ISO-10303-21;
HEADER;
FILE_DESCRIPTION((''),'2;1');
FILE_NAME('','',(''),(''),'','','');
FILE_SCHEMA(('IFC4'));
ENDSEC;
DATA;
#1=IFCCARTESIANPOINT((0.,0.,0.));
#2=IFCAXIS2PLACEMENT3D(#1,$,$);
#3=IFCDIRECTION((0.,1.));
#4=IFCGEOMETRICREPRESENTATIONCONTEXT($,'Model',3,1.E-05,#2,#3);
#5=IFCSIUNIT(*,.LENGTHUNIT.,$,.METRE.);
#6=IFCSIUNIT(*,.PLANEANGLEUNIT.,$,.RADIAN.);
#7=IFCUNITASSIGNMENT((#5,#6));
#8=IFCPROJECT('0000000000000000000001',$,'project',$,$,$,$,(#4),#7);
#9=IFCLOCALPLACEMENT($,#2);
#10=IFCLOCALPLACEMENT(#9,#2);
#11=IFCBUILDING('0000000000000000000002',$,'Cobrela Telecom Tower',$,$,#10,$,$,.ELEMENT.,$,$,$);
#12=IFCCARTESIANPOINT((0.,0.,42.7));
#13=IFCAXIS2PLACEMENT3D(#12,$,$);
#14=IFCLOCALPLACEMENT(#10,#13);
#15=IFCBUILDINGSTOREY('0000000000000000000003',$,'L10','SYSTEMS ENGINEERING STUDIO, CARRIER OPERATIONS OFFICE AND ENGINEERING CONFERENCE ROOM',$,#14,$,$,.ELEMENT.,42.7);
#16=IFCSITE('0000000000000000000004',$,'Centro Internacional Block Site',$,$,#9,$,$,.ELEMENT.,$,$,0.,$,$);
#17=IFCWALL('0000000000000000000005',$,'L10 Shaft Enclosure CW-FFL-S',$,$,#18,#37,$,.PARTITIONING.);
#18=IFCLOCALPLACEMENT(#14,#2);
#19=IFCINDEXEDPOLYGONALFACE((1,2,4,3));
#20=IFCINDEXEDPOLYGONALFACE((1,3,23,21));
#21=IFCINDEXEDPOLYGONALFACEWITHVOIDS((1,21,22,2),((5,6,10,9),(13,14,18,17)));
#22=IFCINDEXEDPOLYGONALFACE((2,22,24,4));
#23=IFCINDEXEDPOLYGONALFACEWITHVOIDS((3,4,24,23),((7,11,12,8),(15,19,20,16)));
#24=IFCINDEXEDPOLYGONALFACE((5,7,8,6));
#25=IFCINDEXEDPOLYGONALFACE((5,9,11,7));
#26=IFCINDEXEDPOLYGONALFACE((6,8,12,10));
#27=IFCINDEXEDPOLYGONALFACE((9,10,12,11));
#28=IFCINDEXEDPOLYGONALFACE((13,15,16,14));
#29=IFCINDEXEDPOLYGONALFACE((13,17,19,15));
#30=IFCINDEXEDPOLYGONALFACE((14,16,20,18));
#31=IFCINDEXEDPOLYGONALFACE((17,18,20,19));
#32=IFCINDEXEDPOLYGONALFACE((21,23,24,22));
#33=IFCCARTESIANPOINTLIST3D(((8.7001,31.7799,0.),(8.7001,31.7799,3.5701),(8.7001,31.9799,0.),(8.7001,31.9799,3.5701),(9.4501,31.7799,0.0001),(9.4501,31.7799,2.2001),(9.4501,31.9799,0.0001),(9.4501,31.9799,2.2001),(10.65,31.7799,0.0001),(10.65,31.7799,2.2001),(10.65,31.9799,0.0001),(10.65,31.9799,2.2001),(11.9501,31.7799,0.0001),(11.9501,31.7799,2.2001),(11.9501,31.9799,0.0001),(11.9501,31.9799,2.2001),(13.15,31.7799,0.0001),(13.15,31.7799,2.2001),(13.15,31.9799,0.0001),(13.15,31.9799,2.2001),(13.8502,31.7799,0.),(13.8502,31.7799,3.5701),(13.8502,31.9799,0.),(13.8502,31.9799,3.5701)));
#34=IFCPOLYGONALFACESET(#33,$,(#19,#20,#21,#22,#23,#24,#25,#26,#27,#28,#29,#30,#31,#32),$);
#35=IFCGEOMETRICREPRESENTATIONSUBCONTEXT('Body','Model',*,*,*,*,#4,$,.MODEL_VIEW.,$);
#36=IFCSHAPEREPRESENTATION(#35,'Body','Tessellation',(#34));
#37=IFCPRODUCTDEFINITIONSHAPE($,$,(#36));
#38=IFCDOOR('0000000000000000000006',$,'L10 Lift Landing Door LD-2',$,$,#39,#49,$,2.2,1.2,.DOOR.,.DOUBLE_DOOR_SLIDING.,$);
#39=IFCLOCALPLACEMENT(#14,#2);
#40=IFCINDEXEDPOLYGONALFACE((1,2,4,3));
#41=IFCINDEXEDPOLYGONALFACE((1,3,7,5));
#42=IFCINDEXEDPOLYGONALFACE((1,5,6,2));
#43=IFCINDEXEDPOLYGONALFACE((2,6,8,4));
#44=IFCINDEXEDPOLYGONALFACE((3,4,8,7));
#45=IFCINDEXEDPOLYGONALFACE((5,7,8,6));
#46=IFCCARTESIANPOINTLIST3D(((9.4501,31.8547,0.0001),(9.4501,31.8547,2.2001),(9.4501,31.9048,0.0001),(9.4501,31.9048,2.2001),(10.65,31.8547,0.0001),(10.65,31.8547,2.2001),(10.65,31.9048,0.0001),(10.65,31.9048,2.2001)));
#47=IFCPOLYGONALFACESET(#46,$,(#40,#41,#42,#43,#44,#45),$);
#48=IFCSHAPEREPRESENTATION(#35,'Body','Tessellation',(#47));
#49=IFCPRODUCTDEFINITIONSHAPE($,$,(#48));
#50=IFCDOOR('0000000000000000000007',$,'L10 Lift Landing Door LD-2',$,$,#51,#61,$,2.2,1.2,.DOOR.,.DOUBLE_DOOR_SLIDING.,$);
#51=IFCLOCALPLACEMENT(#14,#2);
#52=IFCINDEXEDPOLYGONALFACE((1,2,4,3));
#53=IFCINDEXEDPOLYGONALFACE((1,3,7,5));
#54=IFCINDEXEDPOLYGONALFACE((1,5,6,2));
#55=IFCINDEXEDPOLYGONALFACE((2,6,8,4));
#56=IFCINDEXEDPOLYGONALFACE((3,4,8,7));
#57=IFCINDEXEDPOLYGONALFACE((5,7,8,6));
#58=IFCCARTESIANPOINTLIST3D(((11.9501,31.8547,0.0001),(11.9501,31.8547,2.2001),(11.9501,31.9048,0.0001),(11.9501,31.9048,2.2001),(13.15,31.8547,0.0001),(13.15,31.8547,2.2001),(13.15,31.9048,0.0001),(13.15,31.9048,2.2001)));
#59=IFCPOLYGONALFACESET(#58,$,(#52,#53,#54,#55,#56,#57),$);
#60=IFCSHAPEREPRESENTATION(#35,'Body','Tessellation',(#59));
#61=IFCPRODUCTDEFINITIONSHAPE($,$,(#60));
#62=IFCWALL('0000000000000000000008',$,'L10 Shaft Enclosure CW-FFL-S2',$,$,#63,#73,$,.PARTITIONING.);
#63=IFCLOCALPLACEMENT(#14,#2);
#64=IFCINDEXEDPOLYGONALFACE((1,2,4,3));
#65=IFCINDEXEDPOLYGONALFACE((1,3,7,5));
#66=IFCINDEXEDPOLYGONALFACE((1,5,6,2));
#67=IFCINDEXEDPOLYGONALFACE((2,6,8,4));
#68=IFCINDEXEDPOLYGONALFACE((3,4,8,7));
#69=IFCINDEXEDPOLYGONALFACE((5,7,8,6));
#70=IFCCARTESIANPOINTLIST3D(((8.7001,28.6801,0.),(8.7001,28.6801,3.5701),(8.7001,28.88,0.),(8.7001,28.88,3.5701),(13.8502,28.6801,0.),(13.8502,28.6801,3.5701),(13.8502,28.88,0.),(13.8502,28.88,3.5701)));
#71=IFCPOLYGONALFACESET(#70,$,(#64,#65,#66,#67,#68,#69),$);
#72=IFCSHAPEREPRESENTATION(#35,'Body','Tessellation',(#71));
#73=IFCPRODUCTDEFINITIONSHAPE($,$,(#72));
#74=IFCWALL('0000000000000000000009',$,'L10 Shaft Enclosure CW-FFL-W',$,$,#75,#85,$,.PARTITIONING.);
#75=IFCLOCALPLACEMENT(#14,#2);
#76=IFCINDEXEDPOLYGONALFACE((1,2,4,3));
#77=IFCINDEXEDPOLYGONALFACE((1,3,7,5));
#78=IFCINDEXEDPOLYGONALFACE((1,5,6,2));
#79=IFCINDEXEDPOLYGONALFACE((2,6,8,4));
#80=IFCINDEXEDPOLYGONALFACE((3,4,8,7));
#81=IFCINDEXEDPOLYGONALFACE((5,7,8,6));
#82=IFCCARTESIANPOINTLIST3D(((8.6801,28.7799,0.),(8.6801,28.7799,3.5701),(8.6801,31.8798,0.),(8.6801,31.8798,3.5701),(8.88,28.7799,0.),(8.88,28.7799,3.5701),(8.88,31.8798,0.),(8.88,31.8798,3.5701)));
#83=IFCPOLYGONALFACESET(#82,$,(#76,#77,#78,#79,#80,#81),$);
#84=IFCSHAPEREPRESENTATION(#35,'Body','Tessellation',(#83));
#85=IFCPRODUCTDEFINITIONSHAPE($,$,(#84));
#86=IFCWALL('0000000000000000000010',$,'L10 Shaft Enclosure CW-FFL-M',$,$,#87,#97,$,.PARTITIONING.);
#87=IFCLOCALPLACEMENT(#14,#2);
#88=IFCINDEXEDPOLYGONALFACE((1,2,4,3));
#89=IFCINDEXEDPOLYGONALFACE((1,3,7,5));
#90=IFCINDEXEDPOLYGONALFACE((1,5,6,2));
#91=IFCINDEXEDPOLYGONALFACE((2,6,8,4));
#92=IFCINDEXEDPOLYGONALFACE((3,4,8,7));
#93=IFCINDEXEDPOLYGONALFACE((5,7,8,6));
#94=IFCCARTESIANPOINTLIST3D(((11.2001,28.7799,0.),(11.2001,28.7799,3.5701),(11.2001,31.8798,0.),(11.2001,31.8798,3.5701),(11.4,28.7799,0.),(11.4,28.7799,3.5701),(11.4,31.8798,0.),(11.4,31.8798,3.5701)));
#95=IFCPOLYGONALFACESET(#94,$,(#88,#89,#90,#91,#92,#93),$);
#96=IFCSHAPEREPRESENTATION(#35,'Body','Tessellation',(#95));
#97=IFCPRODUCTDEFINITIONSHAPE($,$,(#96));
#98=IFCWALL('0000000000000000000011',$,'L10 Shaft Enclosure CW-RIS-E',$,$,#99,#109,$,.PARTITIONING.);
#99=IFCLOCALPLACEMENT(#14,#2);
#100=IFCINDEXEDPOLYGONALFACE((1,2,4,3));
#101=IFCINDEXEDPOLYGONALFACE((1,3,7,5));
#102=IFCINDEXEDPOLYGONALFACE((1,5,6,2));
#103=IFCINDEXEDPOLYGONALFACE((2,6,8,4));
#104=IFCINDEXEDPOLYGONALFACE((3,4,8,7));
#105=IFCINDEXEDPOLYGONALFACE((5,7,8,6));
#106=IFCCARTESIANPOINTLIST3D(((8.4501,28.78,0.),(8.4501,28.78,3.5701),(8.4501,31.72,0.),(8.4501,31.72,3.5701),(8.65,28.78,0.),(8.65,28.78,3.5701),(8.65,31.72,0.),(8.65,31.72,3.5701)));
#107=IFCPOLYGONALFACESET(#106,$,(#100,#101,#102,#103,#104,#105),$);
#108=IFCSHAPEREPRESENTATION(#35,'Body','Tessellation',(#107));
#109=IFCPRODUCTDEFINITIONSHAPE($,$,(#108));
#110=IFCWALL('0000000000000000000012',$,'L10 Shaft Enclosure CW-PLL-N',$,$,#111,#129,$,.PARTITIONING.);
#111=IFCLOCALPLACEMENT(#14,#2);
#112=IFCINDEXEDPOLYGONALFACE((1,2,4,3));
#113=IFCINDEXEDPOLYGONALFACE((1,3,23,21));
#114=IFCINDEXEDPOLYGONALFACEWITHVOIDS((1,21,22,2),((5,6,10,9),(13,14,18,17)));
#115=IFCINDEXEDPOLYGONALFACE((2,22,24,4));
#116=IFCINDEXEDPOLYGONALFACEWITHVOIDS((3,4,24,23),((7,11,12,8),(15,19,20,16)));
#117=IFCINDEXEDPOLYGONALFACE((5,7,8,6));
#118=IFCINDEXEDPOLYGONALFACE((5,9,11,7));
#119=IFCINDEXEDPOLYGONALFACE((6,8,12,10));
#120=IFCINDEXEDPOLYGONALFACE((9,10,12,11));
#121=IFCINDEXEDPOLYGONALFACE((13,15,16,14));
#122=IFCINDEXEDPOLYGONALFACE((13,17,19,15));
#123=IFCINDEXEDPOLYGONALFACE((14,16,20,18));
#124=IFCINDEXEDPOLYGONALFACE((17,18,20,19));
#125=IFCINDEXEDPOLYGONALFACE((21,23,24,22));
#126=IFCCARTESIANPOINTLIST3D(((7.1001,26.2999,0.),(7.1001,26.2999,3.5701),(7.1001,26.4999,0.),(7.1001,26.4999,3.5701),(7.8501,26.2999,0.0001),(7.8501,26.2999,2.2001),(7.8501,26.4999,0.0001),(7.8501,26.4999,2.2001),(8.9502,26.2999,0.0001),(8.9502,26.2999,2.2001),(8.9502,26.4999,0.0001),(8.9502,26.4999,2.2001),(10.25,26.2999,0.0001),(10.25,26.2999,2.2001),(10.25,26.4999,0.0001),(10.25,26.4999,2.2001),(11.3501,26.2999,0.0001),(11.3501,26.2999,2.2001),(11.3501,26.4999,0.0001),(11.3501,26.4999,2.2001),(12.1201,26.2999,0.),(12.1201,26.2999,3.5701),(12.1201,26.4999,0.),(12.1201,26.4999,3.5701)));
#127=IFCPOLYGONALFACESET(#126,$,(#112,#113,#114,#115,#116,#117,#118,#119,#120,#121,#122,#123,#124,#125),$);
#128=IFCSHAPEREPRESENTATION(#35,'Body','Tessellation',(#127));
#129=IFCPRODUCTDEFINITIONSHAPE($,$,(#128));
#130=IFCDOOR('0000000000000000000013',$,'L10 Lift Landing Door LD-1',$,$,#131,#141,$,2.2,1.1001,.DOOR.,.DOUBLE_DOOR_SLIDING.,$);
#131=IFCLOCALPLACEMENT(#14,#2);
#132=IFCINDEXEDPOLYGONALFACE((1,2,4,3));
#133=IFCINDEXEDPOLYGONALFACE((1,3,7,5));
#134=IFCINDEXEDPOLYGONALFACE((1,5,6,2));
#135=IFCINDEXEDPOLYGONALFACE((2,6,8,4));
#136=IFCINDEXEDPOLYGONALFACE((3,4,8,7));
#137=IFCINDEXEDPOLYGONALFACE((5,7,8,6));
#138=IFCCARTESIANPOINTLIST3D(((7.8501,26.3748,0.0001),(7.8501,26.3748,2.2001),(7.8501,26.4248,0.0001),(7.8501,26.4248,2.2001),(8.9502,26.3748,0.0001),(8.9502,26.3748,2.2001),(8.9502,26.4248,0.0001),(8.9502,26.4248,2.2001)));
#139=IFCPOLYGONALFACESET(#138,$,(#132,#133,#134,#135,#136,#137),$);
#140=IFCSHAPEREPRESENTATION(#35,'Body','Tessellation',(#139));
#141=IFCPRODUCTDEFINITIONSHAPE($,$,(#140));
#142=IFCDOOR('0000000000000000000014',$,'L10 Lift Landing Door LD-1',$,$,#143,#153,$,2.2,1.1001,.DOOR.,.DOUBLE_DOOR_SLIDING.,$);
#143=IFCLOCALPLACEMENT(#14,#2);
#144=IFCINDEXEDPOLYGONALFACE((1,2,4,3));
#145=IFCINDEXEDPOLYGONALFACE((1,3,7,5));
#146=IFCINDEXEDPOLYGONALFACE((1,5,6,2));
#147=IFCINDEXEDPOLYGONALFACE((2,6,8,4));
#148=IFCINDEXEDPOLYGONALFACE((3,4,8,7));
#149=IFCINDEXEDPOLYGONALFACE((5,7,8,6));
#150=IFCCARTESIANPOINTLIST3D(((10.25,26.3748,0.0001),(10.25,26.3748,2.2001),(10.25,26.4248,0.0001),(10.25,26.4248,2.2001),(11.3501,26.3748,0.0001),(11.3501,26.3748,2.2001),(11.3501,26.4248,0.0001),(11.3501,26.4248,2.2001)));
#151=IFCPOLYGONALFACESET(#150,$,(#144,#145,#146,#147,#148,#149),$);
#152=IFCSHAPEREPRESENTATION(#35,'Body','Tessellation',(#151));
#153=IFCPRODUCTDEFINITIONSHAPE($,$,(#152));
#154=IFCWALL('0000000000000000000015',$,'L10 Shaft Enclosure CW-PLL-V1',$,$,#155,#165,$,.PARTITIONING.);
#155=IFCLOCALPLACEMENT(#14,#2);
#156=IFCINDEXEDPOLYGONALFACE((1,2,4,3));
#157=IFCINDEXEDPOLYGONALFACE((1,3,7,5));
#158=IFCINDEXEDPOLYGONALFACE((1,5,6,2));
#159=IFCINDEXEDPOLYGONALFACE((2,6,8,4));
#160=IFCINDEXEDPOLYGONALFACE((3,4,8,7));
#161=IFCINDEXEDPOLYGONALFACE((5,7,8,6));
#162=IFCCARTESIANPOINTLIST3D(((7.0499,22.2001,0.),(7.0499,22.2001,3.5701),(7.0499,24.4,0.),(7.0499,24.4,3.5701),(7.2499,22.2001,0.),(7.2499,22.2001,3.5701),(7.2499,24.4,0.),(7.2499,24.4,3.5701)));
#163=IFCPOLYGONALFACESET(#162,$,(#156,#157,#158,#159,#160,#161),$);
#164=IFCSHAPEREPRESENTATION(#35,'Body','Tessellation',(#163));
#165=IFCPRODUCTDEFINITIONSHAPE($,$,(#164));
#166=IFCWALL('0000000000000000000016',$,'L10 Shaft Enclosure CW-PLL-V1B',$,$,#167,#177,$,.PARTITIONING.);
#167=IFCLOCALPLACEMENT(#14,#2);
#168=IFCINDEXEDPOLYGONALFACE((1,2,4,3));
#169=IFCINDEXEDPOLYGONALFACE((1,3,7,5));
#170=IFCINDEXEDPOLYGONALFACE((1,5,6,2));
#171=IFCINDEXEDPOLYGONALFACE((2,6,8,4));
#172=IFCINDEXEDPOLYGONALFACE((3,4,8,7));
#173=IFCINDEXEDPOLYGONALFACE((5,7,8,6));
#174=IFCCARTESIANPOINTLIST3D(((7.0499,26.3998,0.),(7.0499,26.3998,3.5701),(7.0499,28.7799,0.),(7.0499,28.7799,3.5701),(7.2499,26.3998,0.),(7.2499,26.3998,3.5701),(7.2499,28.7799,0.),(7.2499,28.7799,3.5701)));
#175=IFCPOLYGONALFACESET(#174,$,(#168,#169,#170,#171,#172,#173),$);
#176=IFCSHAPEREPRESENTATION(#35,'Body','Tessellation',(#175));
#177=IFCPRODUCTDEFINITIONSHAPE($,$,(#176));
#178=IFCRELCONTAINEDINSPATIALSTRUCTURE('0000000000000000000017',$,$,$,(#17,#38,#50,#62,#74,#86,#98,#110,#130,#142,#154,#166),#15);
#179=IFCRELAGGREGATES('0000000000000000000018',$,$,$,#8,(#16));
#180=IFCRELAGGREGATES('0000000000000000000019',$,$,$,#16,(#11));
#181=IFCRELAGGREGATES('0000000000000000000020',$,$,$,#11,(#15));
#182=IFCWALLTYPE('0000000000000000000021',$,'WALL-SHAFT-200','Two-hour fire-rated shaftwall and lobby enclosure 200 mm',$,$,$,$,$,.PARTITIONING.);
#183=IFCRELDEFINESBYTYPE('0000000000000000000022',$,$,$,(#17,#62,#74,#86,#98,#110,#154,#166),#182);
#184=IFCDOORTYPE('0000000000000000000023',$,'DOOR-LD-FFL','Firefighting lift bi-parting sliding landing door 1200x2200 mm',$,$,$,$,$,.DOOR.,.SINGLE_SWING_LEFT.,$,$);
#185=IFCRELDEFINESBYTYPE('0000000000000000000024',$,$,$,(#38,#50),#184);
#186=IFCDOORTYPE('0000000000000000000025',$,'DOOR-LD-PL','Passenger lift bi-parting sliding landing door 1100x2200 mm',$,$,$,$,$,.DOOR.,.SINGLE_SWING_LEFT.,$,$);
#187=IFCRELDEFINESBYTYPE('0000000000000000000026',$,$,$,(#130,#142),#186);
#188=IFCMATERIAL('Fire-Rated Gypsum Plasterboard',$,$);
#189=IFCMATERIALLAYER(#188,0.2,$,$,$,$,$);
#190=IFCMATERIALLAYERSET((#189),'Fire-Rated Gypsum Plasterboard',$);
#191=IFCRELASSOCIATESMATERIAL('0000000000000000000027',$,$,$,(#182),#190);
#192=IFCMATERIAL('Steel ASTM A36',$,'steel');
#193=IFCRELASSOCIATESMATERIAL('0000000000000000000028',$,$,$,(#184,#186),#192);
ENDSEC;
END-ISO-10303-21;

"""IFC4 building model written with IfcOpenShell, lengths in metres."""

from ifc_helpers import new_model, si_unit, direction, frame, frame_2d, origin, place, context, subcontext, project, spatial, rectangle, extrude, material, layer, layer_set, type_object, element, fill, save


model = new_model("IFC4")

# Units and contexts
model_context = context("Model", 3, precision=1e-05, world=origin(), true_north=direction((0.0, 1.0)))
body_context = subcontext(model_context, "Body", "Model", "MODEL_VIEW")
ifc_project = project(units=[si_unit("LENGTHUNIT", "METRE"), si_unit("PLANEANGLEUNIT", "RADIAN")], contexts=[model_context])

# Site, building, storey
site_placement = place(None, origin())
site = spatial("IfcSite", under=ifc_project, at=site_placement, Name="Centro Internacional Block Site", CompositionType="ELEMENT", RefElevation=0.0)
building_placement = place(site_placement, origin())
building = spatial("IfcBuilding", under=site, at=building_placement, Name="Cobrela Telecom Tower", CompositionType="ELEMENT")
storey_placement = place(building_placement, frame((0.0, 0.0, 42.7)))
storey = spatial("IfcBuildingStorey", under=building, at=storey_placement, Name="L10", Description="SYSTEMS ENGINEERING STUDIO, CARRIER OPERATIONS OFFICE AND ENGINEERING CONFERENCE ROOM", CompositionType="ELEMENT", Elevation=42.7)

# Shared definitions
ifc_material_1 = material(Name="Steel ASTM A36", Category="steel")

# Shared definitions
ifc_material_2 = material(Name="Fire-Rated Gypsum Plasterboard")

# Wall, openings, doors
ifc_layer_1 = layer(ifc_material_2, 0.2)
ifc_layer_set_1 = layer_set([ifc_layer_1], Name="Fire-Rated Gypsum Plasterboard")
wall_type_1 = type_object("IfcWallType", Name="WALL-SHAFT-200", Description="Two-hour fire-rated shaftwall and lobby enclosure 200 mm", PredefinedType="PARTITIONING", material=ifc_layer_set_1)
wall_1_placement = place(storey_placement, frame((8.7, 31.8799, 0.0), z_axis=(0.0, 0.0, 1.0), x_axis=(1.0, 0.0, 0.0)))
wall_1 = element("IfcWall", 1, at=wall_1_placement, inside=storey, type_object=wall_type_1, Name="L10 Shaft Enclosure CW-FFL-S", PredefinedType="PARTITIONING", context=body_context, shape_type="SweptSolid", body=[
    extrude(rectangle(XDim=5.1501, YDim=0.2, at=frame_2d((2.5752, 0.0))), origin(), (0.0, 0.0, 1.0), 3.5701),
])
opening_1_placement = place(wall_1_placement, frame((0.75, 0.0, 0.0)))
opening_1 = element("IfcOpeningElement", 2, at=opening_1_placement, cuts=wall_1, PredefinedType="OPENING", context=body_context, shape_type="SweptSolid", body=[
    extrude(rectangle(XDim=1.2, YDim=2.2, at=frame_2d((0.6001, 1.1001))), frame((0.0, 0.1118, 0.0), z_axis=(0.0, -1.0, 0.0), x_axis=(1.0, 0.0, 0.0)), (0.0, 0.0, 1.0), 0.2239),
])
opening_2_placement = place(wall_1_placement, frame((3.25, 0.0, 0.0)))
opening_2 = element("IfcOpeningElement", 3, at=opening_2_placement, cuts=wall_1, PredefinedType="OPENING", context=body_context, shape_type="SweptSolid", body=[
    extrude(rectangle(XDim=1.2, YDim=2.2, at=frame_2d((0.6001, 1.1001))), frame((0.0, 0.1118, 0.0), z_axis=(0.0, -1.0, 0.0), x_axis=(1.0, 0.0, 0.0)), (0.0, 0.0, 1.0), 0.2239),
])
door_type_1 = type_object("IfcDoorType", Name="DOOR-LD-FFL", Description="Firefighting lift bi-parting sliding landing door 1200x2200 mm", OperationType="SINGLE_SWING_LEFT", PredefinedType="DOOR", material=ifc_material_1)
door_1_placement = place(opening_1_placement, origin())
door_1 = element("IfcDoor", 4, at=door_1_placement, inside=storey, type_object=door_type_1, Name="L10 Lift Landing Door LD-2", OperationType="DOUBLE_DOOR_SLIDING", OverallHeight=2.2, OverallWidth=1.2, PredefinedType="DOOR", context=body_context, shape_type="SweptSolid", body=[
    extrude(rectangle(XDim=1.2, YDim=2.2, at=frame_2d((0.6001, 1.1001))), frame((0.0, 0.0249, 0.0), z_axis=(0.0, -1.0, 0.0), x_axis=(1.0, 0.0, 0.0)), (0.0, 0.0, 1.0), 0.05),
])
fill(opening_1, door_1)
door_2_placement = place(opening_2_placement, origin())
door_2 = element("IfcDoor", 5, at=door_2_placement, inside=storey, type_object=door_type_1, Name="L10 Lift Landing Door LD-2", OperationType="DOUBLE_DOOR_SLIDING", OverallHeight=2.2, OverallWidth=1.2, PredefinedType="DOOR", context=body_context, shape_type="SweptSolid", body=[
    extrude(rectangle(XDim=1.2, YDim=2.2, at=frame_2d((0.6001, 1.1001))), frame((0.0, 0.0249, 0.0), z_axis=(0.0, -1.0, 0.0), x_axis=(1.0, 0.0, 0.0)), (0.0, 0.0, 1.0), 0.05),
])
fill(opening_2, door_2)

# Walls
wall_2_placement = place(storey_placement, frame((8.7, 28.78, 0.0), z_axis=(0.0, 0.0, 1.0), x_axis=(1.0, 0.0, 0.0)))
element("IfcWall", 6, at=wall_2_placement, inside=storey, type_object=wall_type_1, Name="L10 Shaft Enclosure CW-FFL-S2", PredefinedType="PARTITIONING", context=body_context, shape_type="SweptSolid", body=[
    extrude(rectangle(XDim=5.1501, YDim=0.2, at=frame_2d((2.5752, 0.0))), origin(), (0.0, 0.0, 1.0), 3.5701),
])
for number, where, z_axis, x_axis, name in (
    (7, (8.78, 28.78, 0.0), (0.0, 0.0, 1.0), (0.0, 1.0, 0.0), "L10 Shaft Enclosure CW-FFL-W"),
    (8, (11.3, 28.78, 0.0), (0.0, 0.0, 1.0), (0.0, 1.0, 0.0), "L10 Shaft Enclosure CW-FFL-M"),
):
    element("IfcWall", number, at=place(storey_placement, frame(where, z_axis=z_axis, x_axis=x_axis)), inside=storey, type_object=wall_type_1, Name=name, PredefinedType="PARTITIONING", context=body_context, shape_type="SweptSolid", body=[
        extrude(rectangle(XDim=3.0999, YDim=0.2, at=frame_2d((1.5498, 0.0))), origin(), (0.0, 0.0, 1.0), 3.5701),
    ])
wall_3_placement = place(storey_placement, frame((8.55, 28.78, 0.0), z_axis=(0.0, 0.0, 1.0), x_axis=(0.0, 1.0, 0.0)))
element("IfcWall", 9, at=wall_3_placement, inside=storey, type_object=wall_type_1, Name="L10 Shaft Enclosure CW-RIS-E", PredefinedType="PARTITIONING", context=body_context, shape_type="SweptSolid", body=[
    extrude(rectangle(XDim=2.9399, YDim=0.2, at=frame_2d((1.47, 0.0))), origin(), (0.0, 0.0, 1.0), 3.5701),
])

# Wall, openings, doors
wall_4_placement = place(storey_placement, frame((7.1001, 26.3999, 0.0), z_axis=(0.0, 0.0, 1.0), x_axis=(1.0, 0.0, 0.0)))
wall_4 = element("IfcWall", 10, at=wall_4_placement, inside=storey, type_object=wall_type_1, Name="L10 Shaft Enclosure CW-PLL-N", PredefinedType="PARTITIONING", context=body_context, shape_type="SweptSolid", body=[
    extrude(rectangle(XDim=5.02, YDim=0.2, at=frame_2d((2.51, 0.0))), origin(), (0.0, 0.0, 1.0), 3.5701),
])
opening_3_placement = place(wall_4_placement, frame((0.75, 0.0, 0.0)))
opening_3 = element("IfcOpeningElement", 11, at=opening_3_placement, cuts=wall_4, PredefinedType="OPENING", context=body_context, shape_type="SweptSolid", body=[
    extrude(rectangle(XDim=1.1001, YDim=2.2, at=frame_2d((0.55, 1.1001))), frame((0.0, 0.1118, 0.0), z_axis=(0.0, -1.0, 0.0), x_axis=(1.0, 0.0, 0.0)), (0.0, 0.0, 1.0), 0.2239),
])
opening_4_placement = place(wall_4_placement, frame((3.1499, 0.0, 0.0)))
opening_4 = element("IfcOpeningElement", 12, at=opening_4_placement, cuts=wall_4, PredefinedType="OPENING", context=body_context, shape_type="SweptSolid", body=[
    extrude(rectangle(XDim=1.1001, YDim=2.2, at=frame_2d((0.55, 1.1001))), frame((0.0, 0.1118, 0.0), z_axis=(0.0, -1.0, 0.0), x_axis=(1.0, 0.0, 0.0)), (0.0, 0.0, 1.0), 0.2239),
])
door_type_2 = type_object("IfcDoorType", Name="DOOR-LD-PL", Description="Passenger lift bi-parting sliding landing door 1100x2200 mm", OperationType="SINGLE_SWING_LEFT", PredefinedType="DOOR", material=ifc_material_1)
door_3_placement = place(opening_3_placement, origin())
door_3 = element("IfcDoor", 13, at=door_3_placement, inside=storey, type_object=door_type_2, Name="L10 Lift Landing Door LD-1", OperationType="DOUBLE_DOOR_SLIDING", OverallHeight=2.2, OverallWidth=1.1001, PredefinedType="DOOR", context=body_context, shape_type="SweptSolid", body=[
    extrude(rectangle(XDim=1.1001, YDim=2.2, at=frame_2d((0.55, 1.1001))), frame((0.0, 0.0249, 0.0), z_axis=(0.0, -1.0, 0.0), x_axis=(1.0, 0.0, 0.0)), (0.0, 0.0, 1.0), 0.05),
])
fill(opening_3, door_3)
door_4_placement = place(opening_4_placement, origin())
door_4 = element("IfcDoor", 14, at=door_4_placement, inside=storey, type_object=door_type_2, Name="L10 Lift Landing Door LD-1", OperationType="DOUBLE_DOOR_SLIDING", OverallHeight=2.2, OverallWidth=1.1001, PredefinedType="DOOR", context=body_context, shape_type="SweptSolid", body=[
    extrude(rectangle(XDim=1.1001, YDim=2.2, at=frame_2d((0.55, 1.1001))), frame((0.0, 0.0249, 0.0), z_axis=(0.0, -1.0, 0.0), x_axis=(1.0, 0.0, 0.0)), (0.0, 0.0, 1.0), 0.05),
])
fill(opening_4, door_4)

# Walls
wall_5_placement = place(storey_placement, frame((7.1499, 22.2, 0.0), z_axis=(0.0, 0.0, 1.0), x_axis=(0.0, 1.0, 0.0)))
element("IfcWall", 15, at=wall_5_placement, inside=storey, type_object=wall_type_1, Name="L10 Shaft Enclosure CW-PLL-V1", PredefinedType="PARTITIONING", context=body_context, shape_type="SweptSolid", body=[
    extrude(rectangle(XDim=2.2, YDim=0.2, at=frame_2d((1.1001, 0.0))), origin(), (0.0, 0.0, 1.0), 3.5701),
])
wall_6_placement = place(storey_placement, frame((7.1499, 26.3999, 0.0), z_axis=(0.0, 0.0, 1.0), x_axis=(0.0, 1.0, 0.0)))
element("IfcWall", 16, at=wall_6_placement, inside=storey, type_object=wall_type_1, Name="L10 Shaft Enclosure CW-PLL-V1B", PredefinedType="PARTITIONING", context=body_context, shape_type="SweptSolid", body=[
    extrude(rectangle(XDim=2.3801, YDim=0.2, at=frame_2d((1.1899, 0.0))), origin(), (0.0, 0.0, 1.0), 3.5701),
])

save(model, "model.ifc")
